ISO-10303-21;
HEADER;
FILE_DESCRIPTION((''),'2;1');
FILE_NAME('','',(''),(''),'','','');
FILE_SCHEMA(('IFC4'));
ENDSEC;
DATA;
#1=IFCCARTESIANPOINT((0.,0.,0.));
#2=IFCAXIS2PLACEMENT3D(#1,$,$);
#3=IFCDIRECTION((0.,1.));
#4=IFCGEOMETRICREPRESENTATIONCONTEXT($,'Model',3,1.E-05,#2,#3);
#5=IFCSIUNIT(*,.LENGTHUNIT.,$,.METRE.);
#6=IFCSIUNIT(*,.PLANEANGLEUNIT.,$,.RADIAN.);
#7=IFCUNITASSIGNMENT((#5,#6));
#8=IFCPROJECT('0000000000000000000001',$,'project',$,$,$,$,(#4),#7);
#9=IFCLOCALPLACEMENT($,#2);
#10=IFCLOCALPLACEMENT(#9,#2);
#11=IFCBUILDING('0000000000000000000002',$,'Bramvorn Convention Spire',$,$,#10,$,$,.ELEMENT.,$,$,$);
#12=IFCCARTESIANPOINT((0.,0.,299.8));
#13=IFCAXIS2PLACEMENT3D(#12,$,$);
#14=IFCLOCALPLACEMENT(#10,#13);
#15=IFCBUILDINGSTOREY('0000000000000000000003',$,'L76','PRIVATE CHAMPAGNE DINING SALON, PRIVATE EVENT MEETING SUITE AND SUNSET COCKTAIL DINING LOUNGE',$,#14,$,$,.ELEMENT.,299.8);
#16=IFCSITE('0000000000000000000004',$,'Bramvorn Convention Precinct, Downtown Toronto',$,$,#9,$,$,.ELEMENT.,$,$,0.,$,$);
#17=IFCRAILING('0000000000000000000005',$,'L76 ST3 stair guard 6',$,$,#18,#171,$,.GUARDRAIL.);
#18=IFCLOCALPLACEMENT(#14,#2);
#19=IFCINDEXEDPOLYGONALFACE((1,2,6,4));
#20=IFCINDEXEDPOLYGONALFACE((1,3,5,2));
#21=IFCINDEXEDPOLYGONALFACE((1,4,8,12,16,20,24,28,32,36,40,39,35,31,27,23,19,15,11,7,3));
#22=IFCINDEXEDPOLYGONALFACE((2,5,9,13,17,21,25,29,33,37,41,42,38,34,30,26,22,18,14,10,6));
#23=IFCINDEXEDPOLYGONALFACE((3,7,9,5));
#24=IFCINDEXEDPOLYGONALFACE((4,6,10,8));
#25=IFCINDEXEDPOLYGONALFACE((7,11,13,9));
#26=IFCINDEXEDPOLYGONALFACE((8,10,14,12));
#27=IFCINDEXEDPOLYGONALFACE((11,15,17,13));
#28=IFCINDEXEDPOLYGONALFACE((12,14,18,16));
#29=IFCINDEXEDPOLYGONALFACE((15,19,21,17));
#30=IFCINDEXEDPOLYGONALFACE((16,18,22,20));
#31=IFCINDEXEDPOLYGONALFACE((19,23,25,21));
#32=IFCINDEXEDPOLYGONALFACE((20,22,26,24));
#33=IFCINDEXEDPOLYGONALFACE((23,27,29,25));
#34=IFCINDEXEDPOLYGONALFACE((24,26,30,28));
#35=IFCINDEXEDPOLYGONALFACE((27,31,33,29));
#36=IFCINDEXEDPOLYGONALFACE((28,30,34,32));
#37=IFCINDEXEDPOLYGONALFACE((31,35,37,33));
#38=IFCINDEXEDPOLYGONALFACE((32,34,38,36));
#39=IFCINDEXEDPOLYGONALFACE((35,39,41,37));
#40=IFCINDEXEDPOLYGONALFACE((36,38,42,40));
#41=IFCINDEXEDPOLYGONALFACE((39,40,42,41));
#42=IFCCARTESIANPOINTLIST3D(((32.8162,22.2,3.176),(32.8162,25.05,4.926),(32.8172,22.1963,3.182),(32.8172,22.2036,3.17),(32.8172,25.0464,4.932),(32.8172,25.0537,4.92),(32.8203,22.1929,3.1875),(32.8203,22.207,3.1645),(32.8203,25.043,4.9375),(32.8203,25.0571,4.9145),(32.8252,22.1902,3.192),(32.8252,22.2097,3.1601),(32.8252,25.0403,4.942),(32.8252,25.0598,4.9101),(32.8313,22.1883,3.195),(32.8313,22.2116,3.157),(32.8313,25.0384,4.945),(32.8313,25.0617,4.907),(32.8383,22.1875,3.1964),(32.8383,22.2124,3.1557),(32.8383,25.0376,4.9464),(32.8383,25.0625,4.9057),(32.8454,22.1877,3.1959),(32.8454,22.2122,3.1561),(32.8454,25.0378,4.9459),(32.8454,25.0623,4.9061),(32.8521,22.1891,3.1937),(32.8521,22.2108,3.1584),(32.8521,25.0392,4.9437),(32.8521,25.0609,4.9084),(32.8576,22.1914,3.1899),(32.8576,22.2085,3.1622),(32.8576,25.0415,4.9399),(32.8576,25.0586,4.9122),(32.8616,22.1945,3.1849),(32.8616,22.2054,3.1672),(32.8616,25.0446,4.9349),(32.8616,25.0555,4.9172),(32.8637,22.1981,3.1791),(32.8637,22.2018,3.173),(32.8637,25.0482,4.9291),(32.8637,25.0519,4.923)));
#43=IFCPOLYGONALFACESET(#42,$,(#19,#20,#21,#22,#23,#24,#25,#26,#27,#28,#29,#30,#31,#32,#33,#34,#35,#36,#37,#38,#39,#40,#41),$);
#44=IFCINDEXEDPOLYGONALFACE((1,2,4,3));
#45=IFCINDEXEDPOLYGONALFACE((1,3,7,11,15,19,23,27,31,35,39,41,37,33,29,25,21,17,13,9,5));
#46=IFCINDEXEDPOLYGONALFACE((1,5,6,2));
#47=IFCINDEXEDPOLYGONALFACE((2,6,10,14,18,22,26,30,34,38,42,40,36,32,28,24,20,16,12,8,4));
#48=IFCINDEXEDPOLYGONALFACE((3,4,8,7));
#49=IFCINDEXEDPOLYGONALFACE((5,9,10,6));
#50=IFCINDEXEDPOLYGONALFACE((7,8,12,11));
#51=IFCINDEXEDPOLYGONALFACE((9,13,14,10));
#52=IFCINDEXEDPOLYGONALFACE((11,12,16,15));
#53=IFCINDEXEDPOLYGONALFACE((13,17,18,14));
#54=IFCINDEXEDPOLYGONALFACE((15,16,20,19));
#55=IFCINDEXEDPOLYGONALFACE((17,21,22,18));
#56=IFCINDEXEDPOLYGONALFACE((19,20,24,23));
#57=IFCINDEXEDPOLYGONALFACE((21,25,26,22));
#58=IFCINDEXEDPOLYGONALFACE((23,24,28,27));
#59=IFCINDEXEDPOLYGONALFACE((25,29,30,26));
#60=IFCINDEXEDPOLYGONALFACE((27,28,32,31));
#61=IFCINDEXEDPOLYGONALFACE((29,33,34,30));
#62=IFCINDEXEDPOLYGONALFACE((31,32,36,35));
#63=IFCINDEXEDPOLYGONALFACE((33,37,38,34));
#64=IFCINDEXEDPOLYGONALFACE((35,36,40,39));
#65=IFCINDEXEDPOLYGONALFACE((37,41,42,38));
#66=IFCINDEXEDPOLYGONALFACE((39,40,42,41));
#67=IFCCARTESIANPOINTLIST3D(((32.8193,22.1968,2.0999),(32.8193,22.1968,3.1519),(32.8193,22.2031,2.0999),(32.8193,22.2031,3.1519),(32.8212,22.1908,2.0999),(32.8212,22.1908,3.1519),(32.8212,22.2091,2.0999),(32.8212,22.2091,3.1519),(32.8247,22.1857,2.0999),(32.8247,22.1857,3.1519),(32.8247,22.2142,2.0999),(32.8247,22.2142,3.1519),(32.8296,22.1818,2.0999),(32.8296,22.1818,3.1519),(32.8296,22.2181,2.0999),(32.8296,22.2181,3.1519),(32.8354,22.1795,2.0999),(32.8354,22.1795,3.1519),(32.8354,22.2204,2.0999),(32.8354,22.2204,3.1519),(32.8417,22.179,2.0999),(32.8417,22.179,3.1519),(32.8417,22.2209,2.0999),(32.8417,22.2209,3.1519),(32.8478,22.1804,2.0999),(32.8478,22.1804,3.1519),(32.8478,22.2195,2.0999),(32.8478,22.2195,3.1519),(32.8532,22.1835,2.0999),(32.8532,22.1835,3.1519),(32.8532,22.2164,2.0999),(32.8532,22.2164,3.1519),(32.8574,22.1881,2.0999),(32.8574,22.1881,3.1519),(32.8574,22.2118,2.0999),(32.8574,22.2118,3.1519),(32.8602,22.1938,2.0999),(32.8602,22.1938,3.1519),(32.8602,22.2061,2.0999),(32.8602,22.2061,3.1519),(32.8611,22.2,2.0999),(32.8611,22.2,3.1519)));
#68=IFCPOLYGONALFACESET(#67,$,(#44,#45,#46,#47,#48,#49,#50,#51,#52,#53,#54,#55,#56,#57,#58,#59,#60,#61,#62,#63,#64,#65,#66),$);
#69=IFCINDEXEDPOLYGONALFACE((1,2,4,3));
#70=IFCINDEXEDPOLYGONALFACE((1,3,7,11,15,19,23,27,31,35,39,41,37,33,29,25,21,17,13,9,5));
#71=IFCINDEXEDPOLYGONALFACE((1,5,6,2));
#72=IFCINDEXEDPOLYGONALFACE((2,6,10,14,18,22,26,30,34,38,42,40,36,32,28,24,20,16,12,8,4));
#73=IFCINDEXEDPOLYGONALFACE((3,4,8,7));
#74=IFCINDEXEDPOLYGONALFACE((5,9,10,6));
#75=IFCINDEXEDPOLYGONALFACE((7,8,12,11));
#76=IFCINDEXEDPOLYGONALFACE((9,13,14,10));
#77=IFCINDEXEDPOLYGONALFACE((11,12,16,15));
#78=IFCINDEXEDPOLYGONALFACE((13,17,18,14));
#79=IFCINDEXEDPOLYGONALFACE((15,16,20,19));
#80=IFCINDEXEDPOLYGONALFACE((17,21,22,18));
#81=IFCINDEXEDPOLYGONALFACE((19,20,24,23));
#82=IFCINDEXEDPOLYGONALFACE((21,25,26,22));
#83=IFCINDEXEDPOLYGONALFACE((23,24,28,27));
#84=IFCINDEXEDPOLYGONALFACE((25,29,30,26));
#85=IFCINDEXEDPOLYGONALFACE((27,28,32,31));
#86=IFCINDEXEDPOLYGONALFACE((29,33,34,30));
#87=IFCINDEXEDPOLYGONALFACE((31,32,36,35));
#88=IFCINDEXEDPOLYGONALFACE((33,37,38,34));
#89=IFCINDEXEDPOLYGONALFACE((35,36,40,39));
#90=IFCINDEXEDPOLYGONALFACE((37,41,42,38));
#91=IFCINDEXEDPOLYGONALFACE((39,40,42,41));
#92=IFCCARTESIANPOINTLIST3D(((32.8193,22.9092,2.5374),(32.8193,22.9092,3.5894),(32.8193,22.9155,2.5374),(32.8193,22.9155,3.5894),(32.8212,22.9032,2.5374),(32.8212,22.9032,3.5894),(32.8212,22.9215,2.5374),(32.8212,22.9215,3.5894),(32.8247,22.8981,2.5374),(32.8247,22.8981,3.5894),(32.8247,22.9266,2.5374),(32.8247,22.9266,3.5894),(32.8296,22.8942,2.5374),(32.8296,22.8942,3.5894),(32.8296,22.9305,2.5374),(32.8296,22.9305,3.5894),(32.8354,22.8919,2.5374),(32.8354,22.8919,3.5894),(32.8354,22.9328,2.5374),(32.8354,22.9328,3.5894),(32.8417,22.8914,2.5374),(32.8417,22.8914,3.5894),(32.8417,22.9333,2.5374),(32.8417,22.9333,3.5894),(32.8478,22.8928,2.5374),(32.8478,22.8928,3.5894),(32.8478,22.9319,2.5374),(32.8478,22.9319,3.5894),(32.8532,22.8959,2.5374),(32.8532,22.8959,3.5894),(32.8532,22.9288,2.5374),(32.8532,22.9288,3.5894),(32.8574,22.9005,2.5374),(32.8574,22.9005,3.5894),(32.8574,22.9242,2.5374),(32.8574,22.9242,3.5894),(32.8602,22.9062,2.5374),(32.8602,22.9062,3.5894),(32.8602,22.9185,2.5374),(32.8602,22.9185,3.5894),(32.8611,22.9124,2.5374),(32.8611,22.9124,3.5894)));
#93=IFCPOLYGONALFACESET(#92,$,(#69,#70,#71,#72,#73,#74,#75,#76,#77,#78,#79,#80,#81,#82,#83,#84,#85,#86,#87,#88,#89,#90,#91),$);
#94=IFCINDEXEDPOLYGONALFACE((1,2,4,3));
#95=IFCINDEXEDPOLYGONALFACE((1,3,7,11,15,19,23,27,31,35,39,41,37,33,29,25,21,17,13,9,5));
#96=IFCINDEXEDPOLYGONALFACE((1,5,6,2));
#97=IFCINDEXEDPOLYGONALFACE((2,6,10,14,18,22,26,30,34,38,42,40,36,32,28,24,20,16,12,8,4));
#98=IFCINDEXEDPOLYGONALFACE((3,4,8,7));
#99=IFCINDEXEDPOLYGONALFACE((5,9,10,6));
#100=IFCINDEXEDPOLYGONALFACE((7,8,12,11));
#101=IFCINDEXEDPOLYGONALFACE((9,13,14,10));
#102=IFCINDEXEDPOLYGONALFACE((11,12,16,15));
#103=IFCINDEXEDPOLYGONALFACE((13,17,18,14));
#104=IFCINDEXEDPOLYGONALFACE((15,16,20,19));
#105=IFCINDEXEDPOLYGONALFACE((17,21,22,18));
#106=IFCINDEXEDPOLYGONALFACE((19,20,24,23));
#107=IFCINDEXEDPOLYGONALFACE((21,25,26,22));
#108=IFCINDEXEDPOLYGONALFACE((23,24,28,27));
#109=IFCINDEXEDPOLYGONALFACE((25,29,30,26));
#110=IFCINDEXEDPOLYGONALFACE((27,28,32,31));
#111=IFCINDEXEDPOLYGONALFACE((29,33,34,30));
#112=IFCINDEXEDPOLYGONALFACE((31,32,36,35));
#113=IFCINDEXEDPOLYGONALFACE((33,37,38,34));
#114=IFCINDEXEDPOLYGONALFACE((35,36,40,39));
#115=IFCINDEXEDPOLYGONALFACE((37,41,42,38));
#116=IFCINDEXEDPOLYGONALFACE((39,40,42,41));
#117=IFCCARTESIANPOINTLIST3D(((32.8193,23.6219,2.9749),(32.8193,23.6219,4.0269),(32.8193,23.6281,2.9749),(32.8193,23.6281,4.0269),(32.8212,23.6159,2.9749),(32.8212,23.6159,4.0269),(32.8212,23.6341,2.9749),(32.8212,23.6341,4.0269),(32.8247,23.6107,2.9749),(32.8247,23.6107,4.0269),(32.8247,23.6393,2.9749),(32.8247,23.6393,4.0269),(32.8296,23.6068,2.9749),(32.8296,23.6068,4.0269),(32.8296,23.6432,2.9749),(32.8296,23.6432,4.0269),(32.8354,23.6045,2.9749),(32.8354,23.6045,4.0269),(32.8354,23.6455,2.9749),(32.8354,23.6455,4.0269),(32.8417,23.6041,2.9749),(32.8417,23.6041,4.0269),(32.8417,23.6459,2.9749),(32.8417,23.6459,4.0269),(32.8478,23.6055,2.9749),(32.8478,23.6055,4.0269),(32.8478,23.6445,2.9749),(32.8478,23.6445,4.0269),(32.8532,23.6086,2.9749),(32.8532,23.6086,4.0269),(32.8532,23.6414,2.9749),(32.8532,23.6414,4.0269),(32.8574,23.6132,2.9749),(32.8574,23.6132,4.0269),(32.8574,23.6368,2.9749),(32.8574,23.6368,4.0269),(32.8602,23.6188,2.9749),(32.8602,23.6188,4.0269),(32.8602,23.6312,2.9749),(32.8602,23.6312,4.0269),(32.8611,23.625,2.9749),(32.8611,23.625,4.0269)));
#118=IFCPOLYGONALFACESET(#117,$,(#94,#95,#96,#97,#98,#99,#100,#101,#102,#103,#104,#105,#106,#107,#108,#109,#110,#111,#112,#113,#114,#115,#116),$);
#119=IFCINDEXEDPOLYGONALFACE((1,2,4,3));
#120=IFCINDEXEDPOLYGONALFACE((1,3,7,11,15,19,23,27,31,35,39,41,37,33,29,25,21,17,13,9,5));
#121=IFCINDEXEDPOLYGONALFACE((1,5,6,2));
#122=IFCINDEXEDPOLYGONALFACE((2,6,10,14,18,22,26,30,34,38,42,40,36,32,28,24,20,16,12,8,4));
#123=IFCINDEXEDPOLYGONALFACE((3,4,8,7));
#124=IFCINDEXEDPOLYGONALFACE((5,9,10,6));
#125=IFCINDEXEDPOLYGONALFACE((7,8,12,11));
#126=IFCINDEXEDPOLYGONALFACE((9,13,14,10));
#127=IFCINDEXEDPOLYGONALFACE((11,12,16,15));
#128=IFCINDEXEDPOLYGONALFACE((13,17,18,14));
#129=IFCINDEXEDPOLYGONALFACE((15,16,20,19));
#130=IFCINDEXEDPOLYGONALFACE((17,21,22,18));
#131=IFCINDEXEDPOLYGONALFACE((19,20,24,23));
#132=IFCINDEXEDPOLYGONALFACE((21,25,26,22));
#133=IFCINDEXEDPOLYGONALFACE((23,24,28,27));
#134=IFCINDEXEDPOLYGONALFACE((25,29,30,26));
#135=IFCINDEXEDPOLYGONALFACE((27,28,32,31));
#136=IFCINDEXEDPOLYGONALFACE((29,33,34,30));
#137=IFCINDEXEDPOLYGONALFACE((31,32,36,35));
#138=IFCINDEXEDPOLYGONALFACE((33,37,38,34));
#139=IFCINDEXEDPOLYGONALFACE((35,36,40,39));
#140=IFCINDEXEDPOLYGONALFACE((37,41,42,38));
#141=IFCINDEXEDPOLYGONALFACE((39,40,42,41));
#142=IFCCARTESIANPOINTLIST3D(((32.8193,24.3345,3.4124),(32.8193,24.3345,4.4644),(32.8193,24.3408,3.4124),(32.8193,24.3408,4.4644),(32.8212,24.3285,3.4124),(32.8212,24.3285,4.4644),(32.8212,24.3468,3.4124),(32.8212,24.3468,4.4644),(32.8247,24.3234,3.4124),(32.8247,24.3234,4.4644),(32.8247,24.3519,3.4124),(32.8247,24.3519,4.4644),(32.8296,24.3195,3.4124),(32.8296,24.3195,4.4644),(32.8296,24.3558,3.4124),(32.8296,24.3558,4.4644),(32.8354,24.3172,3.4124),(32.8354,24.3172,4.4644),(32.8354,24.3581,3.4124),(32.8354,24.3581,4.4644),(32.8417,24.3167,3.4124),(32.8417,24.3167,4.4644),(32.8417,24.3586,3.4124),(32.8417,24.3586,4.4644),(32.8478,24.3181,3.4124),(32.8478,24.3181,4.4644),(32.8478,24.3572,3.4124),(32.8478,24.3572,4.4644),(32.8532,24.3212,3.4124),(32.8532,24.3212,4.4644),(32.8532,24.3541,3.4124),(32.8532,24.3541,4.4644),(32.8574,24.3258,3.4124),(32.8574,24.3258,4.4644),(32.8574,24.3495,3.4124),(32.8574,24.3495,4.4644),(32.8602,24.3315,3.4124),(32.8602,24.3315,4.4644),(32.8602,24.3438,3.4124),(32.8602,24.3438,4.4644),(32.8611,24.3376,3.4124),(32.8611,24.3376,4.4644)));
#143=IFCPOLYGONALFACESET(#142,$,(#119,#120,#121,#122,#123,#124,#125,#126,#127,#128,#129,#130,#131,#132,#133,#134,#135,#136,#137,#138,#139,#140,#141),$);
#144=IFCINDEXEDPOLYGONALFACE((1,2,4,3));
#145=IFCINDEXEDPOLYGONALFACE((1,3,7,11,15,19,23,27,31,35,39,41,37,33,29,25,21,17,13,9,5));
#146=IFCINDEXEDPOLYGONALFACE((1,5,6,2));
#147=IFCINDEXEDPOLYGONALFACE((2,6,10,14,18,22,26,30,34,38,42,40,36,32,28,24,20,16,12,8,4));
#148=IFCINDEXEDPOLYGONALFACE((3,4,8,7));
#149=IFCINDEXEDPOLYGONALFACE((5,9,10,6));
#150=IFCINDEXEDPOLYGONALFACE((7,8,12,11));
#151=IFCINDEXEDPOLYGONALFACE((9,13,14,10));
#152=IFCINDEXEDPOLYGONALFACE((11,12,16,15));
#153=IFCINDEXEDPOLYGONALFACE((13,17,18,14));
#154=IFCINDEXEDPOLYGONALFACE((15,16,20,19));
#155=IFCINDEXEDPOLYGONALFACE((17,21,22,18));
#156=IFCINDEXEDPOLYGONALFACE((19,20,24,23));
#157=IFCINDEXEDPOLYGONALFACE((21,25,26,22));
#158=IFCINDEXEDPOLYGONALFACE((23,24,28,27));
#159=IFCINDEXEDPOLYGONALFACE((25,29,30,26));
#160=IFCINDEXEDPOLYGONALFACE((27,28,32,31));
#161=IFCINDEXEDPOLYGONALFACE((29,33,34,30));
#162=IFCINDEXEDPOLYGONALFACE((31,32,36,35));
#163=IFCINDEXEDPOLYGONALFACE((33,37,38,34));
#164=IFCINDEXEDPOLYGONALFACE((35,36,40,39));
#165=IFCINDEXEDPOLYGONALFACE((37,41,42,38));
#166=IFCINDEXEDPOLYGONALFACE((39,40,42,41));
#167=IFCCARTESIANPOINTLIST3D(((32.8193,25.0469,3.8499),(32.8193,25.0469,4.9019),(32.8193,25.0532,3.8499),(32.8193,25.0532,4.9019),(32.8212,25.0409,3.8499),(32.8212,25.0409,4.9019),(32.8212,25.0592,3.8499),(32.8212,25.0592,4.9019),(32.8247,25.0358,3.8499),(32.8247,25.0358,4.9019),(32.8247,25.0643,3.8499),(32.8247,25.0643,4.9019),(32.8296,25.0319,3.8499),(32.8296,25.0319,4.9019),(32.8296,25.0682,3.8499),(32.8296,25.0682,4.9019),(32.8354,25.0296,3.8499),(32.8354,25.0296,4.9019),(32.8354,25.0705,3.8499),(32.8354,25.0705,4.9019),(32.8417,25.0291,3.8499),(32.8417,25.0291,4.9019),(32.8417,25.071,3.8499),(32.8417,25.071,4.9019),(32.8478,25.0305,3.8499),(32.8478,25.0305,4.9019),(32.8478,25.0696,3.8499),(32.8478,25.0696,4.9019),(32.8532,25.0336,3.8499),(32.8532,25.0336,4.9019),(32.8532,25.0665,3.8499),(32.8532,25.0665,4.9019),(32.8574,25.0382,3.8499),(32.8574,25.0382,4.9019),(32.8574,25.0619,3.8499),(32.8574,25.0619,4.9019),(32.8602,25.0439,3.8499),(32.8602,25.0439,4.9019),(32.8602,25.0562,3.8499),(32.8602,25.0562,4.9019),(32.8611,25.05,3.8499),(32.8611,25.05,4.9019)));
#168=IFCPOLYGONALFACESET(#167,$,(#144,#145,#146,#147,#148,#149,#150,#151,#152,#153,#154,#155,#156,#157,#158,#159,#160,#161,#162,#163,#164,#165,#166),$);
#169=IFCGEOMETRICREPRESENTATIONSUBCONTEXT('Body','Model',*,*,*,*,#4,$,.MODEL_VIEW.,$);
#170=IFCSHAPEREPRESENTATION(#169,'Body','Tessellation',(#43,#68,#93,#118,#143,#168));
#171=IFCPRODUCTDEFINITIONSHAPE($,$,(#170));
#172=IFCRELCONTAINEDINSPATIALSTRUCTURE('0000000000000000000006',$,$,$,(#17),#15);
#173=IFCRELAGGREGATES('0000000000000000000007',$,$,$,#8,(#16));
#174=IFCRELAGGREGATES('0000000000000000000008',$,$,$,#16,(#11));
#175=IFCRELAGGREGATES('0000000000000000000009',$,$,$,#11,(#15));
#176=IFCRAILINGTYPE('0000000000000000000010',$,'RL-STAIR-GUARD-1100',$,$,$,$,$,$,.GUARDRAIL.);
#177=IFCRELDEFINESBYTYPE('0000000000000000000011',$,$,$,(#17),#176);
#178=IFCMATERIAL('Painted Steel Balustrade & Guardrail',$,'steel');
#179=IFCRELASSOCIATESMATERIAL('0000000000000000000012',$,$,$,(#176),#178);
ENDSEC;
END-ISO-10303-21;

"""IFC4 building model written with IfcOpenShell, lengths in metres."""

from ifc_helpers import new_model, si_unit, direction, frame, origin, origin_2d, place, context, subcontext, project, spatial, circle, extrude, material, type_object, element, save


model = new_model("IFC4")

# Units and contexts
model_context = context("Model", 3, precision=1e-05, world=origin(), true_north=direction((0.0, 1.0)))
body_context = subcontext(model_context, "Body", "Model", "MODEL_VIEW")
ifc_project = project(units=[si_unit("LENGTHUNIT", "METRE"), si_unit("PLANEANGLEUNIT", "RADIAN")], contexts=[model_context])

# Site, building, storey
site_placement = place(None, origin())
site = spatial("IfcSite", under=ifc_project, at=site_placement, Name="Bramvorn Convention Precinct, Downtown Toronto", CompositionType="ELEMENT", RefElevation=0.0)
building_placement = place(site_placement, origin())
building = spatial("IfcBuilding", under=site, at=building_placement, Name="Bramvorn Convention Spire", CompositionType="ELEMENT")
storey_placement = place(building_placement, frame((0.0, 0.0, 299.8)))
storey = spatial("IfcBuildingStorey", under=building, at=storey_placement, Name="L76", Description="PRIVATE CHAMPAGNE DINING SALON, PRIVATE EVENT MEETING SUITE AND SUNSET COCKTAIL DINING LOUNGE", CompositionType="ELEMENT", Elevation=299.8)

# Railing
ifc_material_1 = material(Name="Painted Steel Balustrade & Guardrail", Category="steel")
railing_type_1 = type_object("IfcRailingType", Name="RL-STAIR-GUARD-1100", PredefinedType="GUARDRAIL", material=ifc_material_1)
railing_1_placement = place(storey_placement, frame((32.8401, 22.2, 2.0999)))
element("IfcRailing", 1, at=railing_1_placement, inside=storey, type_object=railing_type_1, Name="L76 ST3 stair guard 6", PredefinedType="GUARDRAIL", context=body_context, shape_type="SweptSolid", body=[
    extrude(circle(Radius=0.0239, at=origin_2d()), frame((0.0, 0.0, 1.0762), z_axis=(0.0, 0.852179, 0.52325), x_axis=(-1.0, 0.0, 0.0)), (0.0, 0.0, 1.0), 3.3445),
    extrude(circle(Radius=0.021, at=origin_2d()), origin(), (0.0, 0.0, 1.0), 1.052),
    extrude(circle(Radius=0.021, at=origin_2d()), frame((0.0, 0.7124, 0.4375)), (0.0, 0.0, 1.0), 1.052),
    extrude(circle(Radius=0.021, at=origin_2d()), frame((0.0, 1.425, 0.875)), (0.0, 0.0, 1.0), 1.052),
    extrude(circle(Radius=0.021, at=origin_2d()), frame((0.0, 2.1377, 1.3125)), (0.0, 0.0, 1.0), 1.052),
    extrude(circle(Radius=0.021, at=origin_2d()), frame((0.0, 2.8501, 1.75)), (0.0, 0.0, 1.0), 1.052),
])

save(model, "model.ifc")
